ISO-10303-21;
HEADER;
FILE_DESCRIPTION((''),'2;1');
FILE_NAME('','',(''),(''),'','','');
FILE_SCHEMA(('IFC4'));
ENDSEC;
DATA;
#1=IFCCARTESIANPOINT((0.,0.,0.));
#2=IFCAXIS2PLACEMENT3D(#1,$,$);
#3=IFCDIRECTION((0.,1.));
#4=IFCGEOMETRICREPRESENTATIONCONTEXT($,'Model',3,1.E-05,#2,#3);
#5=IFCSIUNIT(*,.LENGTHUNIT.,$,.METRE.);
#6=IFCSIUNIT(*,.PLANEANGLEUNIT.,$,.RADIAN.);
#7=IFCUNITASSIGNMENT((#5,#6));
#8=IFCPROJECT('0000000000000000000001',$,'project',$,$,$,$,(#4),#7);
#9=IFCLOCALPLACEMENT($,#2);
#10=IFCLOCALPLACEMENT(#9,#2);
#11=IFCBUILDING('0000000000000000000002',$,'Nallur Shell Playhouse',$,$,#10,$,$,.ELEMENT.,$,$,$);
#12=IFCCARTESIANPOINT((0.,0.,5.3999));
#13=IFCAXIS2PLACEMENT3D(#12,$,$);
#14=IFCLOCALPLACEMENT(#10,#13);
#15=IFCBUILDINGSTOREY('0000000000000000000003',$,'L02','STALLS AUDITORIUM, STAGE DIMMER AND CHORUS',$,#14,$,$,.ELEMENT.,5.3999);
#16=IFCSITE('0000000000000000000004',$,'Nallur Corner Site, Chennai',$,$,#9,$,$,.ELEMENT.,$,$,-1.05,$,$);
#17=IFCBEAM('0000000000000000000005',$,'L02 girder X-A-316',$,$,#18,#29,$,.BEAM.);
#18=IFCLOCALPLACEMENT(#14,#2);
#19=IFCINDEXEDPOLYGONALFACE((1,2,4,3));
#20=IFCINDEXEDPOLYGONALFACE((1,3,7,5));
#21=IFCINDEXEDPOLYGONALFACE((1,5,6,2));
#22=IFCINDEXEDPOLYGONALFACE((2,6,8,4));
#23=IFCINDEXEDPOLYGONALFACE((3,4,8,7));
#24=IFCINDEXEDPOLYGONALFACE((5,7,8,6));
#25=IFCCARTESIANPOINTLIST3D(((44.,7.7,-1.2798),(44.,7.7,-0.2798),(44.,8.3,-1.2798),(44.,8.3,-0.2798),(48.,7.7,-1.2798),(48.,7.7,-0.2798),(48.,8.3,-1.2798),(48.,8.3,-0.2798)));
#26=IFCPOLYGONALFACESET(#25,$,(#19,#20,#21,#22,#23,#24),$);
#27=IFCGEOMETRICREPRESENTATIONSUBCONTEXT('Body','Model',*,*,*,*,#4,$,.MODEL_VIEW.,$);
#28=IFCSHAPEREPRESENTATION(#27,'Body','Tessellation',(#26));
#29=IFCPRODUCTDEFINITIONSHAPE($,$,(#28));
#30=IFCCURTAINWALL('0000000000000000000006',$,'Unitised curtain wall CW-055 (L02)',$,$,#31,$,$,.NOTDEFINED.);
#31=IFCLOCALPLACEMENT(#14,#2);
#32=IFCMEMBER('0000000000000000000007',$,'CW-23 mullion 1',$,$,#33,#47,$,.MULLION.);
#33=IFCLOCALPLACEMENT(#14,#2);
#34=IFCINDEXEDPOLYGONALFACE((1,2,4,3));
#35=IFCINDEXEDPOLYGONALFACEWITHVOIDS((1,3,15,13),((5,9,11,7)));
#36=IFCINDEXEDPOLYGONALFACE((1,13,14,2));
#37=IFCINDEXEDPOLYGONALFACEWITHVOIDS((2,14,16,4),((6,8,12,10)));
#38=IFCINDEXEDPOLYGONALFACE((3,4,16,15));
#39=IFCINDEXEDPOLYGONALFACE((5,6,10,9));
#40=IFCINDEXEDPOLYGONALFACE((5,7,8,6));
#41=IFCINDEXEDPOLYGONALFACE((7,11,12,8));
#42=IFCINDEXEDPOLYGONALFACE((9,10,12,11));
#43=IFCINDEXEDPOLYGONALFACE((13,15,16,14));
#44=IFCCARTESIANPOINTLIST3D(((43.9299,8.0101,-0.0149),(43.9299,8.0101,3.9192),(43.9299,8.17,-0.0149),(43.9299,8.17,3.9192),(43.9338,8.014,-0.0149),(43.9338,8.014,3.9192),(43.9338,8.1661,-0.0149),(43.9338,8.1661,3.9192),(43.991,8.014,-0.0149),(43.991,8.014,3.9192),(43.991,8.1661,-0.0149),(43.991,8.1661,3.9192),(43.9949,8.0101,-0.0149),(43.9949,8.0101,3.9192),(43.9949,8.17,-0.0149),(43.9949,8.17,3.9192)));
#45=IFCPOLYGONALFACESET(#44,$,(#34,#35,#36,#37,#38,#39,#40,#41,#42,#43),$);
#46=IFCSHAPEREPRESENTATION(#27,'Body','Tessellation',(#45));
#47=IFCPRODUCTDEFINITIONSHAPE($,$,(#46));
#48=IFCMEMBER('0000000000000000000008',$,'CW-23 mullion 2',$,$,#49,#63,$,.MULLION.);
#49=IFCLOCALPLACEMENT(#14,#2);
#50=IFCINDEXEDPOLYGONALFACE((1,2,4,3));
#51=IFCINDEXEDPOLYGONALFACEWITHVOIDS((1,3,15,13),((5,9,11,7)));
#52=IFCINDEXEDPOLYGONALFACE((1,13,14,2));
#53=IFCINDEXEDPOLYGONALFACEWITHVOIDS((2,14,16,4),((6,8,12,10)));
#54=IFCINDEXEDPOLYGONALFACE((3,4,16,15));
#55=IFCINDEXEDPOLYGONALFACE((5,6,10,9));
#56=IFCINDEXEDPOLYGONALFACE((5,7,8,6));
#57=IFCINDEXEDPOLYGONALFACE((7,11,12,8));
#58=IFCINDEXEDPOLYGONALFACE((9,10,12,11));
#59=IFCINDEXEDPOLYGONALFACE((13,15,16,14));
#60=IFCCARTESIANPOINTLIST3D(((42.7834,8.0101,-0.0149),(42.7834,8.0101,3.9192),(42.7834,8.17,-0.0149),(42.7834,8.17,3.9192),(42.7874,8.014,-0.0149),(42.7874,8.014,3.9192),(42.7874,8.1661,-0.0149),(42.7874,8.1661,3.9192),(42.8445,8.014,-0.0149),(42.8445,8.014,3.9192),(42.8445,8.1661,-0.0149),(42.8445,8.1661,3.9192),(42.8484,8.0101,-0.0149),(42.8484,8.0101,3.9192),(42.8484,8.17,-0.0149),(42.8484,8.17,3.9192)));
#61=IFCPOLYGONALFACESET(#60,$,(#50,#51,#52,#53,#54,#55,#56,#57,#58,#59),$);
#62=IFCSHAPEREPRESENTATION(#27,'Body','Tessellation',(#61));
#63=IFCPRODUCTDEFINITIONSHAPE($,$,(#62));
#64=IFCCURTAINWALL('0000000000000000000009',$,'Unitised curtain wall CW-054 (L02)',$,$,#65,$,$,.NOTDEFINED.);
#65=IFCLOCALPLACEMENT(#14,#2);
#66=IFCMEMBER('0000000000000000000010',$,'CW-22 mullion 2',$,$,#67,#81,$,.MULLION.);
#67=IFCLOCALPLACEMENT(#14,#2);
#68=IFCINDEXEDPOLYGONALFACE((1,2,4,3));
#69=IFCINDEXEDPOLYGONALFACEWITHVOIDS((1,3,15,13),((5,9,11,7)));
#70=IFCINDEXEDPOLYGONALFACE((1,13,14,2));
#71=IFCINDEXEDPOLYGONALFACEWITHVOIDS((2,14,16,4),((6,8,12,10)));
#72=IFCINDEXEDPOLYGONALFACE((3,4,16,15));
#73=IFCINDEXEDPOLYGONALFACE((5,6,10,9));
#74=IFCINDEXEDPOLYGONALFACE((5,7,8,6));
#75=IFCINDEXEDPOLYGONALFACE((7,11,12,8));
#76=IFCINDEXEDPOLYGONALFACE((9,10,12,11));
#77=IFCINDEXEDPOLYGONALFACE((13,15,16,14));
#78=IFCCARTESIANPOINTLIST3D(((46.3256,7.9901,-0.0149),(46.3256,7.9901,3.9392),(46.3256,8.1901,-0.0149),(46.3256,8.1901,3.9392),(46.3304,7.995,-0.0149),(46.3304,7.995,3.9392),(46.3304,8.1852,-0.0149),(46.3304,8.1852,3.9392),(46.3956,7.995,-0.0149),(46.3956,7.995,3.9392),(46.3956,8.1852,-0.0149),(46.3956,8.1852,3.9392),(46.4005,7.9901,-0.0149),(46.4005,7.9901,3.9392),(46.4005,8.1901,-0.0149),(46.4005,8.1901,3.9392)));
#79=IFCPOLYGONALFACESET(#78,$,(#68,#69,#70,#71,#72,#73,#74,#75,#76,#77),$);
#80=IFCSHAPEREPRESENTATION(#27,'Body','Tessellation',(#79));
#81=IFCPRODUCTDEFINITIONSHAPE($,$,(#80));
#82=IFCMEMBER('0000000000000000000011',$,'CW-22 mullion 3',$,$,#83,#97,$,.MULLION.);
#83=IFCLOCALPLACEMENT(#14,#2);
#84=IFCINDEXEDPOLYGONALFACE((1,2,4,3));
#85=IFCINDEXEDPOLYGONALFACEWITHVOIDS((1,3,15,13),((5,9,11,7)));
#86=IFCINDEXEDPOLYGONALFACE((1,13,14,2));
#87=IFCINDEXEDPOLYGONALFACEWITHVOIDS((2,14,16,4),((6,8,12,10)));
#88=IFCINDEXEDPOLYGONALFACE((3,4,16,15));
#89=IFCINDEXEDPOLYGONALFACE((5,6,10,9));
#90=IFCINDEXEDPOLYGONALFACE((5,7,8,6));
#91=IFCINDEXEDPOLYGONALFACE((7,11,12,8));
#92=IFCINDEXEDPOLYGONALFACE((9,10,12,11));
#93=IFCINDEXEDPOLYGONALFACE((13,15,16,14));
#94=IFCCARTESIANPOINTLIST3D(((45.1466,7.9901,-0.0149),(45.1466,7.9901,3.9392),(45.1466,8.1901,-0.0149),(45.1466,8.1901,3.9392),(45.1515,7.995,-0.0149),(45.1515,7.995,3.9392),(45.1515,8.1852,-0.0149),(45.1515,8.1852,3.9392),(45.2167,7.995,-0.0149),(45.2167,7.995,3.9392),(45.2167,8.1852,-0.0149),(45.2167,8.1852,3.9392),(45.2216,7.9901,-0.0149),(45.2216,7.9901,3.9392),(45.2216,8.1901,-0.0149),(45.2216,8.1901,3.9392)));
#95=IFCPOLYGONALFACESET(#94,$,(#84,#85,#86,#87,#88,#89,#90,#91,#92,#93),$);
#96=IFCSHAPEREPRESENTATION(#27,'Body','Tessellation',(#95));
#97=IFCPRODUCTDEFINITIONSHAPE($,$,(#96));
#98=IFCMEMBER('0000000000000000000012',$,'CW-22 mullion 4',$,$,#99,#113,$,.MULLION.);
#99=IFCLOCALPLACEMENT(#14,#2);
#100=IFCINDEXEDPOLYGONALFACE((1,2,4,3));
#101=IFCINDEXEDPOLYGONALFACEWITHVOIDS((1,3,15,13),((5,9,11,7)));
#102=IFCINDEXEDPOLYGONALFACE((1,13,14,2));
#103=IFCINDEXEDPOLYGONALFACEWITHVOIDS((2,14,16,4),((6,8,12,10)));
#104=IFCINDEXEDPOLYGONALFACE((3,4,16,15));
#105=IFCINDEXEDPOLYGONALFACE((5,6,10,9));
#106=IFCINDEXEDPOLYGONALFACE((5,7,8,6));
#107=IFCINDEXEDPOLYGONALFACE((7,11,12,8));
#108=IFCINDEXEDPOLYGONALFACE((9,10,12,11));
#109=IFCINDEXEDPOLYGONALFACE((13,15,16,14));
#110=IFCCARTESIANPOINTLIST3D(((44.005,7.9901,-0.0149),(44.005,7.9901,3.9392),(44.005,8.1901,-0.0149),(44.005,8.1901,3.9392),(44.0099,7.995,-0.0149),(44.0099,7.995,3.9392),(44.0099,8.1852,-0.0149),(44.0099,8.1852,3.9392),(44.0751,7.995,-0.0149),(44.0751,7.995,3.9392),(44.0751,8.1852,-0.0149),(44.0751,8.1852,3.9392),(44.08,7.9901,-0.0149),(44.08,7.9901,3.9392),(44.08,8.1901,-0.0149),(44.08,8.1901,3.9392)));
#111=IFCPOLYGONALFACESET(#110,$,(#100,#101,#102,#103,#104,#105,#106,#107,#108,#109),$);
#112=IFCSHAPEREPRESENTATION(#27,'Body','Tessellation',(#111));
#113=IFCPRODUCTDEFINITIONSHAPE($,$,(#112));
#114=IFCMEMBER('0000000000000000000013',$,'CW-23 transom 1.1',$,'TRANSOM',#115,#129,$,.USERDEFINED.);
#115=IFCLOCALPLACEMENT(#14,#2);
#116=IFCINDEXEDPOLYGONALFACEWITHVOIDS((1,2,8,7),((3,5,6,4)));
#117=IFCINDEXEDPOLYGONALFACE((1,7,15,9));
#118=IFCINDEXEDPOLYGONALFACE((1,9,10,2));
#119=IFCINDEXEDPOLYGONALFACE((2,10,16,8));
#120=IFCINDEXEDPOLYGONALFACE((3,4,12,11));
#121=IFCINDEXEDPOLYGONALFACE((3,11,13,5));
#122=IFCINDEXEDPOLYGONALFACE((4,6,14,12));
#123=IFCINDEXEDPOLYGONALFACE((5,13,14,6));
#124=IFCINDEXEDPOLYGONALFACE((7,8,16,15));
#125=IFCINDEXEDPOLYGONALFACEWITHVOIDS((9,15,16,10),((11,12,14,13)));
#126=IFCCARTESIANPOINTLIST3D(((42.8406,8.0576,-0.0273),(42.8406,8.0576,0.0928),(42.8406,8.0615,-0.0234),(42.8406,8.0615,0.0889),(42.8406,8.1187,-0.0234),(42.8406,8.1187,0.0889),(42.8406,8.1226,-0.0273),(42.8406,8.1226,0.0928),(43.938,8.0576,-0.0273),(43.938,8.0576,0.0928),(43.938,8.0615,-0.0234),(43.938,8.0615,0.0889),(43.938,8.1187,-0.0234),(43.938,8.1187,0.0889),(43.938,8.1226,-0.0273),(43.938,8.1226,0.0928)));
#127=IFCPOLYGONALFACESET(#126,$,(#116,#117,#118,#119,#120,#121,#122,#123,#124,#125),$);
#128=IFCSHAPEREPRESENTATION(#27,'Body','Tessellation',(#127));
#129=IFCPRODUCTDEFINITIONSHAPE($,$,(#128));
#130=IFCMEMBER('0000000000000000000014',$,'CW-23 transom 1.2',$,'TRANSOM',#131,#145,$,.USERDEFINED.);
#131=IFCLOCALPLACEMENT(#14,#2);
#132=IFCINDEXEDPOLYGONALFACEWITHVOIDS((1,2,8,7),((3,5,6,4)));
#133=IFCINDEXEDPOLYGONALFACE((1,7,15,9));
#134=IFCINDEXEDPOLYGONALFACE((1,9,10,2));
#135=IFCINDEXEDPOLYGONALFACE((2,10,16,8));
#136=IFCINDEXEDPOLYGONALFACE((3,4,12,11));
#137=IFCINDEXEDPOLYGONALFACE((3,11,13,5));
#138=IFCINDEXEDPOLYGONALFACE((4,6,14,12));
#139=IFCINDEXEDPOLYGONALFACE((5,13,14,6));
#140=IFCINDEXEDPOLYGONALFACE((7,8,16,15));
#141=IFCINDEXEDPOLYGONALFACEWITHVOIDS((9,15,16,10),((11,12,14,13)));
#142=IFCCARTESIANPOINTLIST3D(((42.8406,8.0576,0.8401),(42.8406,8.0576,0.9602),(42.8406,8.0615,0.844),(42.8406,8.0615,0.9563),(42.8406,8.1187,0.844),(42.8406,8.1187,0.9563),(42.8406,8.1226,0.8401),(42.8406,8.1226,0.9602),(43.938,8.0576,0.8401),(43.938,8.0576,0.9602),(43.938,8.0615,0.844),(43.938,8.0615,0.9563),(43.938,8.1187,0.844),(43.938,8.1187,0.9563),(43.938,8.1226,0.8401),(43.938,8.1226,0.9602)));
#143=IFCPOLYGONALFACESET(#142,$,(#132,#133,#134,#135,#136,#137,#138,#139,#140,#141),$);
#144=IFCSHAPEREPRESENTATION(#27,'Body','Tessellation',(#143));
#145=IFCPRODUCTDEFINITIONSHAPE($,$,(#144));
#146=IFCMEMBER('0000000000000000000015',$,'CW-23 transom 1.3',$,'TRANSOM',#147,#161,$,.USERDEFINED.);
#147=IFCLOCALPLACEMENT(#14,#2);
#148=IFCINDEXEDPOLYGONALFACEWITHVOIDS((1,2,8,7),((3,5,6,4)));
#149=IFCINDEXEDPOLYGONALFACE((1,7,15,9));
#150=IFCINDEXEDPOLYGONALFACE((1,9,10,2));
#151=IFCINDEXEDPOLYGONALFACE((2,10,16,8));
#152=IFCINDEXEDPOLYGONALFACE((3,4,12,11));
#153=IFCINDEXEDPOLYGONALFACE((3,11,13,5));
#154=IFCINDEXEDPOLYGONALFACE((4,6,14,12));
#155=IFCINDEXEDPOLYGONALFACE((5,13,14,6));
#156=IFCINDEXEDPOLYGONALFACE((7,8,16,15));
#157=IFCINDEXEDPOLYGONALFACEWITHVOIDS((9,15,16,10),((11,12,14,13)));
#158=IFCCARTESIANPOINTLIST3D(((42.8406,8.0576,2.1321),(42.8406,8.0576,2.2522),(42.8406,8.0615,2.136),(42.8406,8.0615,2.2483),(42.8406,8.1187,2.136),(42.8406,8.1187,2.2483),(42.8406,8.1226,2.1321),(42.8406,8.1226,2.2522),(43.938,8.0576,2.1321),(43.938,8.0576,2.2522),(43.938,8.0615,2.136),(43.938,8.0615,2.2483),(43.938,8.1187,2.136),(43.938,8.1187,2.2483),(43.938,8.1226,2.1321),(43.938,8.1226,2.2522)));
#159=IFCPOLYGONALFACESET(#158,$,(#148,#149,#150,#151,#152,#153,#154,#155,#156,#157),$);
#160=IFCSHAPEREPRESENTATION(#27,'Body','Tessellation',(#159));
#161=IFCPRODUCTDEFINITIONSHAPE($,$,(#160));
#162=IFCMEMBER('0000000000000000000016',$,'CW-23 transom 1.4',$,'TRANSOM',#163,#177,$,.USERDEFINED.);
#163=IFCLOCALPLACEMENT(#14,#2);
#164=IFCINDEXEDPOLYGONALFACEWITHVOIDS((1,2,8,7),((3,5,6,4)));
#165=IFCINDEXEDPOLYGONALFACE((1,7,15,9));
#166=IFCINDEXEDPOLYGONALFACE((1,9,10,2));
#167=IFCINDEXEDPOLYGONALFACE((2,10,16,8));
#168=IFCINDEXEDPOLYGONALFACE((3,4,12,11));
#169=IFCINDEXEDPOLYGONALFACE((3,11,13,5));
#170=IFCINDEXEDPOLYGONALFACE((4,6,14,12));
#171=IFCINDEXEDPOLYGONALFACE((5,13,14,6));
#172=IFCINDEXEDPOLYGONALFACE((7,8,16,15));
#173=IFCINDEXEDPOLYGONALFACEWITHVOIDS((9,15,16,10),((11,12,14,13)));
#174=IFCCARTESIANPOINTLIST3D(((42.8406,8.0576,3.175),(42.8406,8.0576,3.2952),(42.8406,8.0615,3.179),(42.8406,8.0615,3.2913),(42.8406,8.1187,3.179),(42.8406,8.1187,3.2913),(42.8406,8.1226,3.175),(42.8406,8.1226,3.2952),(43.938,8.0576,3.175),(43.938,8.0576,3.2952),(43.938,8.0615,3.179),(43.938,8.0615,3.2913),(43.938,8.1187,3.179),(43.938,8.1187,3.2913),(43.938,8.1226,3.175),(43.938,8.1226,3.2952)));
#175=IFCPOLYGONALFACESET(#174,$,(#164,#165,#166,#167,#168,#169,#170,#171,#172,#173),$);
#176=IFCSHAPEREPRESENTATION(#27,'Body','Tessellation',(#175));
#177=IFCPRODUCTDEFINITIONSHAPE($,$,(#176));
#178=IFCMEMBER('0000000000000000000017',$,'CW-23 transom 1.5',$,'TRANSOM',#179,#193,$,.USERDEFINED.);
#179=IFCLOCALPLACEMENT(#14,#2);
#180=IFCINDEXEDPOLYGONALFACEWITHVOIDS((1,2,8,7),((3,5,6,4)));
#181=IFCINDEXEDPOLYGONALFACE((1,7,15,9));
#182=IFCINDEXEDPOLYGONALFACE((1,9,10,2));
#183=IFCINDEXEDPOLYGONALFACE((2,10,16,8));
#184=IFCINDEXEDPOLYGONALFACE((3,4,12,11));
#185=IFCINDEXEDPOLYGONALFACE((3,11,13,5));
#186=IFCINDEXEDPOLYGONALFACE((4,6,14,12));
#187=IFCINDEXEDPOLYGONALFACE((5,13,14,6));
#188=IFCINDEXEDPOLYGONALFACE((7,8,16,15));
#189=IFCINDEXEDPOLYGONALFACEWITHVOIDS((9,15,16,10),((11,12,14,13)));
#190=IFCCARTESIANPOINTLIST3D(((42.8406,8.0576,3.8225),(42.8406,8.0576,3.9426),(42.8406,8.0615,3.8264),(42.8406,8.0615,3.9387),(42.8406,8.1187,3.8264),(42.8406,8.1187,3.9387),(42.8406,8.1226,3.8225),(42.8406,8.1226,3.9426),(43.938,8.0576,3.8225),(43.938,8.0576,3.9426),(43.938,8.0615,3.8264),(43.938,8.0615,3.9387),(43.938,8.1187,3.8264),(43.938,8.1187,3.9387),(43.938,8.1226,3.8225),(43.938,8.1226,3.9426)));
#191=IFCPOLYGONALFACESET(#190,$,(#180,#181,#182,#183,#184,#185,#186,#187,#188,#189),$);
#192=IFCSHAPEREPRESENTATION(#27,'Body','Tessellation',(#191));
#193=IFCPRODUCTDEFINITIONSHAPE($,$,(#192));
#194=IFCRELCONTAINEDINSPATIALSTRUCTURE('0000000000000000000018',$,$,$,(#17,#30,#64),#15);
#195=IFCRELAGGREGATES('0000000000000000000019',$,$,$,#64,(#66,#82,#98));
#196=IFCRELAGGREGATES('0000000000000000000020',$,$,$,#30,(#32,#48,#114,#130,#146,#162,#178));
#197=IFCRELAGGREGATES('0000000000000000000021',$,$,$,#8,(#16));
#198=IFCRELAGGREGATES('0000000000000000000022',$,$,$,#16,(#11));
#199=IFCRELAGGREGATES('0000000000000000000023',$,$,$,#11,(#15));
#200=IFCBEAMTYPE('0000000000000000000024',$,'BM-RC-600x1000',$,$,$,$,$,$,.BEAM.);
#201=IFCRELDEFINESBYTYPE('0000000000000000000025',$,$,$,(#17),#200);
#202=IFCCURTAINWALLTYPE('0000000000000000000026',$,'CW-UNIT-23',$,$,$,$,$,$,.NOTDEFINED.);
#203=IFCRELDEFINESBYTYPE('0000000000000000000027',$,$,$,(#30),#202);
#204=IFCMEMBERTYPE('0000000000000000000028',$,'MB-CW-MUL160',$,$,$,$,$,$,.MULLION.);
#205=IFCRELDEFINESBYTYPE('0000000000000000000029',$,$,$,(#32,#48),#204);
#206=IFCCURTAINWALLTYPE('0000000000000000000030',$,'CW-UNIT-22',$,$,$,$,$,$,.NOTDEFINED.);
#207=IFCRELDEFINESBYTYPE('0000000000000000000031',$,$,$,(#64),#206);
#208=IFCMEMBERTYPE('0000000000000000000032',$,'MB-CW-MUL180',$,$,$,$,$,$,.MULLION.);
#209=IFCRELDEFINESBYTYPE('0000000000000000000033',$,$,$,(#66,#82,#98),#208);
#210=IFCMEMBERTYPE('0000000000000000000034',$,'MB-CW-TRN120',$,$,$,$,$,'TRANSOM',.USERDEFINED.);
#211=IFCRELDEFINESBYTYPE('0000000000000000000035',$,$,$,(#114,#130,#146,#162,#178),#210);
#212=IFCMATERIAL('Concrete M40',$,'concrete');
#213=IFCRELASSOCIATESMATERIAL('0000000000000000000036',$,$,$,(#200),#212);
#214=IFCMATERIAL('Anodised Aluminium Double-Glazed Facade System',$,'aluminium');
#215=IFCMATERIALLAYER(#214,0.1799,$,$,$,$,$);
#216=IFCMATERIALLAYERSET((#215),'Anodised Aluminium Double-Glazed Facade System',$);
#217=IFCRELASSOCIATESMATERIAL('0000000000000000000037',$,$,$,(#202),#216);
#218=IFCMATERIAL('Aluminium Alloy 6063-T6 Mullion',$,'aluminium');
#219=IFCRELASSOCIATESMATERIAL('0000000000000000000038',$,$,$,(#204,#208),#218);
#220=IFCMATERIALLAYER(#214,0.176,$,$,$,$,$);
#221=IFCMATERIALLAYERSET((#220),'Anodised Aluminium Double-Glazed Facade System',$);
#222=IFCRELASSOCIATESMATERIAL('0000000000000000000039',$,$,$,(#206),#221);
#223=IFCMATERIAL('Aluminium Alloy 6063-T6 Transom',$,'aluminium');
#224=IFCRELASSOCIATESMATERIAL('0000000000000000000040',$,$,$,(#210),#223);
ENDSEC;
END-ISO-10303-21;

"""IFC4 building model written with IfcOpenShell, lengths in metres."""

from ifc_helpers import new_model, si_unit, direction, frame, origin, origin_2d, place, context, subcontext, project, spatial, rectangle, hollow_rectangle, extrude, material, layer, layer_set, material_profile, profile_set, type_object, element, aggregate, save


model = new_model("IFC4")

# Units and contexts
model_context = context("Model", 3, precision=1e-05, world=origin(), true_north=direction((0.0, 1.0)))
body_context = subcontext(model_context, "Body", "Model", "MODEL_VIEW")
ifc_project = project(units=[si_unit("LENGTHUNIT", "METRE"), si_unit("PLANEANGLEUNIT", "RADIAN")], contexts=[model_context])

# Site, building, storey
site_placement = place(None, origin())
site = spatial("IfcSite", under=ifc_project, at=site_placement, Name="Nallur Corner Site, Chennai", CompositionType="ELEMENT", RefElevation=-1.05)
building_placement = place(site_placement, origin())
building = spatial("IfcBuilding", under=site, at=building_placement, Name="Nallur Shell Playhouse", CompositionType="ELEMENT")
storey_placement = place(building_placement, frame((0.0, 0.0, 5.3999)))
storey = spatial("IfcBuildingStorey", under=building, at=storey_placement, Name="L02", Description="STALLS AUDITORIUM, STAGE DIMMER AND CHORUS", CompositionType="ELEMENT", Elevation=5.3999)

# Beam
ifc_material_1 = material(Name="Concrete M40", Category="concrete")
ifc_material_profile_1 = material_profile(ifc_material_1, rectangle(XDim=0.6001, YDim=1.0, at=origin_2d()), Name="RC 600x1000")
ifc_profile_set_1 = profile_set([ifc_material_profile_1], Name="Concrete M40")
beam_type = type_object("IfcBeamType", Name="BM-RC-600x1000", PredefinedType="BEAM", material=ifc_profile_set_1)
beam_placement = place(storey_placement, frame((44.0, 8.0, -0.7798), z_axis=(1.0, 0.0, 0.0), x_axis=(0.0, 1.0, 0.0)))
element("IfcBeam", 1, at=beam_placement, inside=storey, type_object=beam_type, Name="L02 girder X-A-316", PredefinedType="BEAM", context=body_context, shape_type="SweptSolid", body=[
    extrude(rectangle(XDim=0.6001, YDim=1.0, at=origin_2d()), origin(), (0.0, 0.0, 1.0), 4.0),
])

# Curtain walls, members
ifc_material_2 = material(Name="Anodised Aluminium Double-Glazed Facade System", Category="aluminium")
ifc_layer_1 = layer(ifc_material_2, 0.1799)
ifc_layer_set_1 = layer_set([ifc_layer_1], Name="Anodised Aluminium Double-Glazed Facade System")
curtain_wall_type_1 = type_object("IfcCurtainWallType", Name="CW-UNIT-23", PredefinedType="NOTDEFINED", material=ifc_layer_set_1)
curtain_wall_1_placement = place(storey_placement, origin())
curtain_wall_1 = element("IfcCurtainWall", 2, at=curtain_wall_1_placement, inside=storey, type_object=curtain_wall_type_1, Name="Unitised curtain wall CW-055 (L02)", PredefinedType="NOTDEFINED")
ifc_material_3 = material(Name="Aluminium Alloy 6063-T6 Mullion", Category="aluminium")
ifc_material_profile_2 = material_profile(ifc_material_3, hollow_rectangle(XDim=0.0649, YDim=0.1599, WallThickness=0.0039, at=origin_2d()), Name="ALU 65x160x4")
ifc_profile_set_2 = profile_set([ifc_material_profile_2], Name="Aluminium Alloy 6063-T6 Mullion")
member_type_1 = type_object("IfcMemberType", Name="MB-CW-MUL160", PredefinedType="MULLION", material=ifc_profile_set_2)
member_1_placement = place(storey_placement, frame((43.9624, 8.0901, -0.0149), z_axis=(0.0, 0.0, 1.0), x_axis=(-1.0, 0.0, 0.0)))
member_1 = element("IfcMember", 3, at=member_1_placement, type_object=member_type_1, Name="CW-23 mullion 1", PredefinedType="MULLION", context=body_context, shape_type="SweptSolid", body=[
    extrude(hollow_rectangle(XDim=0.0649, YDim=0.1599, WallThickness=0.0039, at=origin_2d()), origin(), (0.0, 0.0, 1.0), 3.9341),
])
member_2_placement = place(storey_placement, frame((42.8159, 8.0901, -0.0149), z_axis=(0.0, 0.0, 1.0), x_axis=(-1.0, 0.0, 0.0)))
member_2 = element("IfcMember", 4, at=member_2_placement, type_object=member_type_1, Name="CW-23 mullion 2", PredefinedType="MULLION", context=body_context, shape_type="SweptSolid", body=[
    extrude(hollow_rectangle(XDim=0.0649, YDim=0.1599, WallThickness=0.0039, at=origin_2d()), origin(), (0.0, 0.0, 1.0), 3.9341),
])
ifc_layer_2 = layer(ifc_material_2, 0.176)
ifc_layer_set_2 = layer_set([ifc_layer_2], Name="Anodised Aluminium Double-Glazed Facade System")
curtain_wall_type_2 = type_object("IfcCurtainWallType", Name="CW-UNIT-22", PredefinedType="NOTDEFINED", material=ifc_layer_set_2)
curtain_wall_2_placement = place(storey_placement, origin())
curtain_wall_2 = element("IfcCurtainWall", 5, at=curtain_wall_2_placement, inside=storey, type_object=curtain_wall_type_2, Name="Unitised curtain wall CW-054 (L02)", PredefinedType="NOTDEFINED")
ifc_material_profile_3 = material_profile(ifc_material_3, hollow_rectangle(XDim=0.075, YDim=0.2, WallThickness=0.0049, at=origin_2d()), Name="ALU 75x200x5")
ifc_profile_set_3 = profile_set([ifc_material_profile_3], Name="Aluminium Alloy 6063-T6 Mullion")
member_type_2 = type_object("IfcMemberType", Name="MB-CW-MUL180", PredefinedType="MULLION", material=ifc_profile_set_3)
member_3_placement = place(storey_placement, frame((46.363, 8.0901, -0.0149), z_axis=(0.0, 0.0, 1.0), x_axis=(-1.0, 0.0, 0.0)))
member_3 = element("IfcMember", 6, at=member_3_placement, type_object=member_type_2, Name="CW-22 mullion 2", PredefinedType="MULLION", context=body_context, shape_type="SweptSolid", body=[
    extrude(hollow_rectangle(XDim=0.075, YDim=0.2, WallThickness=0.0049, at=origin_2d()), origin(), (0.0, 0.0, 1.0), 3.9541),
])
member_4_placement = place(storey_placement, frame((45.1841, 8.0901, -0.0149), z_axis=(0.0, 0.0, 1.0), x_axis=(-1.0, 0.0, 0.0)))
member_4 = element("IfcMember", 7, at=member_4_placement, type_object=member_type_2, Name="CW-22 mullion 3", PredefinedType="MULLION", context=body_context, shape_type="SweptSolid", body=[
    extrude(hollow_rectangle(XDim=0.075, YDim=0.2, WallThickness=0.0049, at=origin_2d()), origin(), (0.0, 0.0, 1.0), 3.9541),
])
member_5_placement = place(storey_placement, frame((44.0425, 8.0901, -0.0149), z_axis=(0.0, 0.0, 1.0), x_axis=(-1.0, 0.0, 0.0)))
member_5 = element("IfcMember", 8, at=member_5_placement, type_object=member_type_2, Name="CW-22 mullion 4", PredefinedType="MULLION", context=body_context, shape_type="SweptSolid", body=[
    extrude(hollow_rectangle(XDim=0.075, YDim=0.2, WallThickness=0.0049, at=origin_2d()), origin(), (0.0, 0.0, 1.0), 3.9541),
])

# Members
ifc_material_4 = material(Name="Aluminium Alloy 6063-T6 Transom", Category="aluminium")
ifc_material_profile_4 = material_profile(ifc_material_4, hollow_rectangle(XDim=0.0649, YDim=0.1201, WallThickness=0.0039, at=origin_2d()), Name="ALU 65x120x4")
ifc_profile_set_4 = profile_set([ifc_material_profile_4], Name="Aluminium Alloy 6063-T6 Transom")
member_type_3 = type_object("IfcMemberType", Name="MB-CW-TRN120", ElementType="TRANSOM", PredefinedType="USERDEFINED", material=ifc_profile_set_4)
member_6_placement = place(storey_placement, frame((43.938, 8.0901, 0.0327), z_axis=(-1.0, 0.0, 0.0), x_axis=(0.0, -1.0, 0.0)))
member_6 = element("IfcMember", 9, at=member_6_placement, type_object=member_type_3, Name="CW-23 transom 1.1", ObjectType="TRANSOM", PredefinedType="USERDEFINED", context=body_context, shape_type="SweptSolid", body=[
    extrude(hollow_rectangle(XDim=0.0649, YDim=0.1201, WallThickness=0.0039, at=origin_2d()), origin(), (0.0, 0.0, 1.0), 1.0974),
])
member_7_placement = place(storey_placement, frame((43.938, 8.0901, 0.9001), z_axis=(-1.0, 0.0, 0.0), x_axis=(0.0, -1.0, 0.0)))
member_7 = element("IfcMember", 10, at=member_7_placement, type_object=member_type_3, Name="CW-23 transom 1.2", ObjectType="TRANSOM", PredefinedType="USERDEFINED", context=body_context, shape_type="SweptSolid", body=[
    extrude(hollow_rectangle(XDim=0.0649, YDim=0.1201, WallThickness=0.0039, at=origin_2d()), origin(), (0.0, 0.0, 1.0), 1.0974),
])
member_8_placement = place(storey_placement, frame((43.938, 8.0901, 2.1921), z_axis=(-1.0, 0.0, 0.0), x_axis=(0.0, -1.0, 0.0)))
member_8 = element("IfcMember", 11, at=member_8_placement, type_object=member_type_3, Name="CW-23 transom 1.3", ObjectType="TRANSOM", PredefinedType="USERDEFINED", context=body_context, shape_type="SweptSolid", body=[
    extrude(hollow_rectangle(XDim=0.0649, YDim=0.1201, WallThickness=0.0039, at=origin_2d()), origin(), (0.0, 0.0, 1.0), 1.0974),
])
member_9_placement = place(storey_placement, frame((43.938, 8.0901, 3.2351), z_axis=(-1.0, 0.0, 0.0), x_axis=(0.0, -1.0, 0.0)))
member_9 = element("IfcMember", 12, at=member_9_placement, type_object=member_type_3, Name="CW-23 transom 1.4", ObjectType="TRANSOM", PredefinedType="USERDEFINED", context=body_context, shape_type="SweptSolid", body=[
    extrude(hollow_rectangle(XDim=0.0649, YDim=0.1201, WallThickness=0.0039, at=origin_2d()), origin(), (0.0, 0.0, 1.0), 1.0974),
])
member_10_placement = place(storey_placement, frame((43.938, 8.0901, 3.8826), z_axis=(-1.0, 0.0, 0.0), x_axis=(0.0, -1.0, 0.0)))
member_10 = element("IfcMember", 13, at=member_10_placement, type_object=member_type_3, Name="CW-23 transom 1.5", ObjectType="TRANSOM", PredefinedType="USERDEFINED", context=body_context, shape_type="SweptSolid", body=[
    extrude(hollow_rectangle(XDim=0.0649, YDim=0.1201, WallThickness=0.0039, at=origin_2d()), origin(), (0.0, 0.0, 1.0), 1.0974),
])

aggregate(curtain_wall_2, [member_3, member_4, member_5])
aggregate(curtain_wall_1, [member_1, member_2, member_6, member_7, member_8, member_9, member_10])

save(model, "model.ifc")
